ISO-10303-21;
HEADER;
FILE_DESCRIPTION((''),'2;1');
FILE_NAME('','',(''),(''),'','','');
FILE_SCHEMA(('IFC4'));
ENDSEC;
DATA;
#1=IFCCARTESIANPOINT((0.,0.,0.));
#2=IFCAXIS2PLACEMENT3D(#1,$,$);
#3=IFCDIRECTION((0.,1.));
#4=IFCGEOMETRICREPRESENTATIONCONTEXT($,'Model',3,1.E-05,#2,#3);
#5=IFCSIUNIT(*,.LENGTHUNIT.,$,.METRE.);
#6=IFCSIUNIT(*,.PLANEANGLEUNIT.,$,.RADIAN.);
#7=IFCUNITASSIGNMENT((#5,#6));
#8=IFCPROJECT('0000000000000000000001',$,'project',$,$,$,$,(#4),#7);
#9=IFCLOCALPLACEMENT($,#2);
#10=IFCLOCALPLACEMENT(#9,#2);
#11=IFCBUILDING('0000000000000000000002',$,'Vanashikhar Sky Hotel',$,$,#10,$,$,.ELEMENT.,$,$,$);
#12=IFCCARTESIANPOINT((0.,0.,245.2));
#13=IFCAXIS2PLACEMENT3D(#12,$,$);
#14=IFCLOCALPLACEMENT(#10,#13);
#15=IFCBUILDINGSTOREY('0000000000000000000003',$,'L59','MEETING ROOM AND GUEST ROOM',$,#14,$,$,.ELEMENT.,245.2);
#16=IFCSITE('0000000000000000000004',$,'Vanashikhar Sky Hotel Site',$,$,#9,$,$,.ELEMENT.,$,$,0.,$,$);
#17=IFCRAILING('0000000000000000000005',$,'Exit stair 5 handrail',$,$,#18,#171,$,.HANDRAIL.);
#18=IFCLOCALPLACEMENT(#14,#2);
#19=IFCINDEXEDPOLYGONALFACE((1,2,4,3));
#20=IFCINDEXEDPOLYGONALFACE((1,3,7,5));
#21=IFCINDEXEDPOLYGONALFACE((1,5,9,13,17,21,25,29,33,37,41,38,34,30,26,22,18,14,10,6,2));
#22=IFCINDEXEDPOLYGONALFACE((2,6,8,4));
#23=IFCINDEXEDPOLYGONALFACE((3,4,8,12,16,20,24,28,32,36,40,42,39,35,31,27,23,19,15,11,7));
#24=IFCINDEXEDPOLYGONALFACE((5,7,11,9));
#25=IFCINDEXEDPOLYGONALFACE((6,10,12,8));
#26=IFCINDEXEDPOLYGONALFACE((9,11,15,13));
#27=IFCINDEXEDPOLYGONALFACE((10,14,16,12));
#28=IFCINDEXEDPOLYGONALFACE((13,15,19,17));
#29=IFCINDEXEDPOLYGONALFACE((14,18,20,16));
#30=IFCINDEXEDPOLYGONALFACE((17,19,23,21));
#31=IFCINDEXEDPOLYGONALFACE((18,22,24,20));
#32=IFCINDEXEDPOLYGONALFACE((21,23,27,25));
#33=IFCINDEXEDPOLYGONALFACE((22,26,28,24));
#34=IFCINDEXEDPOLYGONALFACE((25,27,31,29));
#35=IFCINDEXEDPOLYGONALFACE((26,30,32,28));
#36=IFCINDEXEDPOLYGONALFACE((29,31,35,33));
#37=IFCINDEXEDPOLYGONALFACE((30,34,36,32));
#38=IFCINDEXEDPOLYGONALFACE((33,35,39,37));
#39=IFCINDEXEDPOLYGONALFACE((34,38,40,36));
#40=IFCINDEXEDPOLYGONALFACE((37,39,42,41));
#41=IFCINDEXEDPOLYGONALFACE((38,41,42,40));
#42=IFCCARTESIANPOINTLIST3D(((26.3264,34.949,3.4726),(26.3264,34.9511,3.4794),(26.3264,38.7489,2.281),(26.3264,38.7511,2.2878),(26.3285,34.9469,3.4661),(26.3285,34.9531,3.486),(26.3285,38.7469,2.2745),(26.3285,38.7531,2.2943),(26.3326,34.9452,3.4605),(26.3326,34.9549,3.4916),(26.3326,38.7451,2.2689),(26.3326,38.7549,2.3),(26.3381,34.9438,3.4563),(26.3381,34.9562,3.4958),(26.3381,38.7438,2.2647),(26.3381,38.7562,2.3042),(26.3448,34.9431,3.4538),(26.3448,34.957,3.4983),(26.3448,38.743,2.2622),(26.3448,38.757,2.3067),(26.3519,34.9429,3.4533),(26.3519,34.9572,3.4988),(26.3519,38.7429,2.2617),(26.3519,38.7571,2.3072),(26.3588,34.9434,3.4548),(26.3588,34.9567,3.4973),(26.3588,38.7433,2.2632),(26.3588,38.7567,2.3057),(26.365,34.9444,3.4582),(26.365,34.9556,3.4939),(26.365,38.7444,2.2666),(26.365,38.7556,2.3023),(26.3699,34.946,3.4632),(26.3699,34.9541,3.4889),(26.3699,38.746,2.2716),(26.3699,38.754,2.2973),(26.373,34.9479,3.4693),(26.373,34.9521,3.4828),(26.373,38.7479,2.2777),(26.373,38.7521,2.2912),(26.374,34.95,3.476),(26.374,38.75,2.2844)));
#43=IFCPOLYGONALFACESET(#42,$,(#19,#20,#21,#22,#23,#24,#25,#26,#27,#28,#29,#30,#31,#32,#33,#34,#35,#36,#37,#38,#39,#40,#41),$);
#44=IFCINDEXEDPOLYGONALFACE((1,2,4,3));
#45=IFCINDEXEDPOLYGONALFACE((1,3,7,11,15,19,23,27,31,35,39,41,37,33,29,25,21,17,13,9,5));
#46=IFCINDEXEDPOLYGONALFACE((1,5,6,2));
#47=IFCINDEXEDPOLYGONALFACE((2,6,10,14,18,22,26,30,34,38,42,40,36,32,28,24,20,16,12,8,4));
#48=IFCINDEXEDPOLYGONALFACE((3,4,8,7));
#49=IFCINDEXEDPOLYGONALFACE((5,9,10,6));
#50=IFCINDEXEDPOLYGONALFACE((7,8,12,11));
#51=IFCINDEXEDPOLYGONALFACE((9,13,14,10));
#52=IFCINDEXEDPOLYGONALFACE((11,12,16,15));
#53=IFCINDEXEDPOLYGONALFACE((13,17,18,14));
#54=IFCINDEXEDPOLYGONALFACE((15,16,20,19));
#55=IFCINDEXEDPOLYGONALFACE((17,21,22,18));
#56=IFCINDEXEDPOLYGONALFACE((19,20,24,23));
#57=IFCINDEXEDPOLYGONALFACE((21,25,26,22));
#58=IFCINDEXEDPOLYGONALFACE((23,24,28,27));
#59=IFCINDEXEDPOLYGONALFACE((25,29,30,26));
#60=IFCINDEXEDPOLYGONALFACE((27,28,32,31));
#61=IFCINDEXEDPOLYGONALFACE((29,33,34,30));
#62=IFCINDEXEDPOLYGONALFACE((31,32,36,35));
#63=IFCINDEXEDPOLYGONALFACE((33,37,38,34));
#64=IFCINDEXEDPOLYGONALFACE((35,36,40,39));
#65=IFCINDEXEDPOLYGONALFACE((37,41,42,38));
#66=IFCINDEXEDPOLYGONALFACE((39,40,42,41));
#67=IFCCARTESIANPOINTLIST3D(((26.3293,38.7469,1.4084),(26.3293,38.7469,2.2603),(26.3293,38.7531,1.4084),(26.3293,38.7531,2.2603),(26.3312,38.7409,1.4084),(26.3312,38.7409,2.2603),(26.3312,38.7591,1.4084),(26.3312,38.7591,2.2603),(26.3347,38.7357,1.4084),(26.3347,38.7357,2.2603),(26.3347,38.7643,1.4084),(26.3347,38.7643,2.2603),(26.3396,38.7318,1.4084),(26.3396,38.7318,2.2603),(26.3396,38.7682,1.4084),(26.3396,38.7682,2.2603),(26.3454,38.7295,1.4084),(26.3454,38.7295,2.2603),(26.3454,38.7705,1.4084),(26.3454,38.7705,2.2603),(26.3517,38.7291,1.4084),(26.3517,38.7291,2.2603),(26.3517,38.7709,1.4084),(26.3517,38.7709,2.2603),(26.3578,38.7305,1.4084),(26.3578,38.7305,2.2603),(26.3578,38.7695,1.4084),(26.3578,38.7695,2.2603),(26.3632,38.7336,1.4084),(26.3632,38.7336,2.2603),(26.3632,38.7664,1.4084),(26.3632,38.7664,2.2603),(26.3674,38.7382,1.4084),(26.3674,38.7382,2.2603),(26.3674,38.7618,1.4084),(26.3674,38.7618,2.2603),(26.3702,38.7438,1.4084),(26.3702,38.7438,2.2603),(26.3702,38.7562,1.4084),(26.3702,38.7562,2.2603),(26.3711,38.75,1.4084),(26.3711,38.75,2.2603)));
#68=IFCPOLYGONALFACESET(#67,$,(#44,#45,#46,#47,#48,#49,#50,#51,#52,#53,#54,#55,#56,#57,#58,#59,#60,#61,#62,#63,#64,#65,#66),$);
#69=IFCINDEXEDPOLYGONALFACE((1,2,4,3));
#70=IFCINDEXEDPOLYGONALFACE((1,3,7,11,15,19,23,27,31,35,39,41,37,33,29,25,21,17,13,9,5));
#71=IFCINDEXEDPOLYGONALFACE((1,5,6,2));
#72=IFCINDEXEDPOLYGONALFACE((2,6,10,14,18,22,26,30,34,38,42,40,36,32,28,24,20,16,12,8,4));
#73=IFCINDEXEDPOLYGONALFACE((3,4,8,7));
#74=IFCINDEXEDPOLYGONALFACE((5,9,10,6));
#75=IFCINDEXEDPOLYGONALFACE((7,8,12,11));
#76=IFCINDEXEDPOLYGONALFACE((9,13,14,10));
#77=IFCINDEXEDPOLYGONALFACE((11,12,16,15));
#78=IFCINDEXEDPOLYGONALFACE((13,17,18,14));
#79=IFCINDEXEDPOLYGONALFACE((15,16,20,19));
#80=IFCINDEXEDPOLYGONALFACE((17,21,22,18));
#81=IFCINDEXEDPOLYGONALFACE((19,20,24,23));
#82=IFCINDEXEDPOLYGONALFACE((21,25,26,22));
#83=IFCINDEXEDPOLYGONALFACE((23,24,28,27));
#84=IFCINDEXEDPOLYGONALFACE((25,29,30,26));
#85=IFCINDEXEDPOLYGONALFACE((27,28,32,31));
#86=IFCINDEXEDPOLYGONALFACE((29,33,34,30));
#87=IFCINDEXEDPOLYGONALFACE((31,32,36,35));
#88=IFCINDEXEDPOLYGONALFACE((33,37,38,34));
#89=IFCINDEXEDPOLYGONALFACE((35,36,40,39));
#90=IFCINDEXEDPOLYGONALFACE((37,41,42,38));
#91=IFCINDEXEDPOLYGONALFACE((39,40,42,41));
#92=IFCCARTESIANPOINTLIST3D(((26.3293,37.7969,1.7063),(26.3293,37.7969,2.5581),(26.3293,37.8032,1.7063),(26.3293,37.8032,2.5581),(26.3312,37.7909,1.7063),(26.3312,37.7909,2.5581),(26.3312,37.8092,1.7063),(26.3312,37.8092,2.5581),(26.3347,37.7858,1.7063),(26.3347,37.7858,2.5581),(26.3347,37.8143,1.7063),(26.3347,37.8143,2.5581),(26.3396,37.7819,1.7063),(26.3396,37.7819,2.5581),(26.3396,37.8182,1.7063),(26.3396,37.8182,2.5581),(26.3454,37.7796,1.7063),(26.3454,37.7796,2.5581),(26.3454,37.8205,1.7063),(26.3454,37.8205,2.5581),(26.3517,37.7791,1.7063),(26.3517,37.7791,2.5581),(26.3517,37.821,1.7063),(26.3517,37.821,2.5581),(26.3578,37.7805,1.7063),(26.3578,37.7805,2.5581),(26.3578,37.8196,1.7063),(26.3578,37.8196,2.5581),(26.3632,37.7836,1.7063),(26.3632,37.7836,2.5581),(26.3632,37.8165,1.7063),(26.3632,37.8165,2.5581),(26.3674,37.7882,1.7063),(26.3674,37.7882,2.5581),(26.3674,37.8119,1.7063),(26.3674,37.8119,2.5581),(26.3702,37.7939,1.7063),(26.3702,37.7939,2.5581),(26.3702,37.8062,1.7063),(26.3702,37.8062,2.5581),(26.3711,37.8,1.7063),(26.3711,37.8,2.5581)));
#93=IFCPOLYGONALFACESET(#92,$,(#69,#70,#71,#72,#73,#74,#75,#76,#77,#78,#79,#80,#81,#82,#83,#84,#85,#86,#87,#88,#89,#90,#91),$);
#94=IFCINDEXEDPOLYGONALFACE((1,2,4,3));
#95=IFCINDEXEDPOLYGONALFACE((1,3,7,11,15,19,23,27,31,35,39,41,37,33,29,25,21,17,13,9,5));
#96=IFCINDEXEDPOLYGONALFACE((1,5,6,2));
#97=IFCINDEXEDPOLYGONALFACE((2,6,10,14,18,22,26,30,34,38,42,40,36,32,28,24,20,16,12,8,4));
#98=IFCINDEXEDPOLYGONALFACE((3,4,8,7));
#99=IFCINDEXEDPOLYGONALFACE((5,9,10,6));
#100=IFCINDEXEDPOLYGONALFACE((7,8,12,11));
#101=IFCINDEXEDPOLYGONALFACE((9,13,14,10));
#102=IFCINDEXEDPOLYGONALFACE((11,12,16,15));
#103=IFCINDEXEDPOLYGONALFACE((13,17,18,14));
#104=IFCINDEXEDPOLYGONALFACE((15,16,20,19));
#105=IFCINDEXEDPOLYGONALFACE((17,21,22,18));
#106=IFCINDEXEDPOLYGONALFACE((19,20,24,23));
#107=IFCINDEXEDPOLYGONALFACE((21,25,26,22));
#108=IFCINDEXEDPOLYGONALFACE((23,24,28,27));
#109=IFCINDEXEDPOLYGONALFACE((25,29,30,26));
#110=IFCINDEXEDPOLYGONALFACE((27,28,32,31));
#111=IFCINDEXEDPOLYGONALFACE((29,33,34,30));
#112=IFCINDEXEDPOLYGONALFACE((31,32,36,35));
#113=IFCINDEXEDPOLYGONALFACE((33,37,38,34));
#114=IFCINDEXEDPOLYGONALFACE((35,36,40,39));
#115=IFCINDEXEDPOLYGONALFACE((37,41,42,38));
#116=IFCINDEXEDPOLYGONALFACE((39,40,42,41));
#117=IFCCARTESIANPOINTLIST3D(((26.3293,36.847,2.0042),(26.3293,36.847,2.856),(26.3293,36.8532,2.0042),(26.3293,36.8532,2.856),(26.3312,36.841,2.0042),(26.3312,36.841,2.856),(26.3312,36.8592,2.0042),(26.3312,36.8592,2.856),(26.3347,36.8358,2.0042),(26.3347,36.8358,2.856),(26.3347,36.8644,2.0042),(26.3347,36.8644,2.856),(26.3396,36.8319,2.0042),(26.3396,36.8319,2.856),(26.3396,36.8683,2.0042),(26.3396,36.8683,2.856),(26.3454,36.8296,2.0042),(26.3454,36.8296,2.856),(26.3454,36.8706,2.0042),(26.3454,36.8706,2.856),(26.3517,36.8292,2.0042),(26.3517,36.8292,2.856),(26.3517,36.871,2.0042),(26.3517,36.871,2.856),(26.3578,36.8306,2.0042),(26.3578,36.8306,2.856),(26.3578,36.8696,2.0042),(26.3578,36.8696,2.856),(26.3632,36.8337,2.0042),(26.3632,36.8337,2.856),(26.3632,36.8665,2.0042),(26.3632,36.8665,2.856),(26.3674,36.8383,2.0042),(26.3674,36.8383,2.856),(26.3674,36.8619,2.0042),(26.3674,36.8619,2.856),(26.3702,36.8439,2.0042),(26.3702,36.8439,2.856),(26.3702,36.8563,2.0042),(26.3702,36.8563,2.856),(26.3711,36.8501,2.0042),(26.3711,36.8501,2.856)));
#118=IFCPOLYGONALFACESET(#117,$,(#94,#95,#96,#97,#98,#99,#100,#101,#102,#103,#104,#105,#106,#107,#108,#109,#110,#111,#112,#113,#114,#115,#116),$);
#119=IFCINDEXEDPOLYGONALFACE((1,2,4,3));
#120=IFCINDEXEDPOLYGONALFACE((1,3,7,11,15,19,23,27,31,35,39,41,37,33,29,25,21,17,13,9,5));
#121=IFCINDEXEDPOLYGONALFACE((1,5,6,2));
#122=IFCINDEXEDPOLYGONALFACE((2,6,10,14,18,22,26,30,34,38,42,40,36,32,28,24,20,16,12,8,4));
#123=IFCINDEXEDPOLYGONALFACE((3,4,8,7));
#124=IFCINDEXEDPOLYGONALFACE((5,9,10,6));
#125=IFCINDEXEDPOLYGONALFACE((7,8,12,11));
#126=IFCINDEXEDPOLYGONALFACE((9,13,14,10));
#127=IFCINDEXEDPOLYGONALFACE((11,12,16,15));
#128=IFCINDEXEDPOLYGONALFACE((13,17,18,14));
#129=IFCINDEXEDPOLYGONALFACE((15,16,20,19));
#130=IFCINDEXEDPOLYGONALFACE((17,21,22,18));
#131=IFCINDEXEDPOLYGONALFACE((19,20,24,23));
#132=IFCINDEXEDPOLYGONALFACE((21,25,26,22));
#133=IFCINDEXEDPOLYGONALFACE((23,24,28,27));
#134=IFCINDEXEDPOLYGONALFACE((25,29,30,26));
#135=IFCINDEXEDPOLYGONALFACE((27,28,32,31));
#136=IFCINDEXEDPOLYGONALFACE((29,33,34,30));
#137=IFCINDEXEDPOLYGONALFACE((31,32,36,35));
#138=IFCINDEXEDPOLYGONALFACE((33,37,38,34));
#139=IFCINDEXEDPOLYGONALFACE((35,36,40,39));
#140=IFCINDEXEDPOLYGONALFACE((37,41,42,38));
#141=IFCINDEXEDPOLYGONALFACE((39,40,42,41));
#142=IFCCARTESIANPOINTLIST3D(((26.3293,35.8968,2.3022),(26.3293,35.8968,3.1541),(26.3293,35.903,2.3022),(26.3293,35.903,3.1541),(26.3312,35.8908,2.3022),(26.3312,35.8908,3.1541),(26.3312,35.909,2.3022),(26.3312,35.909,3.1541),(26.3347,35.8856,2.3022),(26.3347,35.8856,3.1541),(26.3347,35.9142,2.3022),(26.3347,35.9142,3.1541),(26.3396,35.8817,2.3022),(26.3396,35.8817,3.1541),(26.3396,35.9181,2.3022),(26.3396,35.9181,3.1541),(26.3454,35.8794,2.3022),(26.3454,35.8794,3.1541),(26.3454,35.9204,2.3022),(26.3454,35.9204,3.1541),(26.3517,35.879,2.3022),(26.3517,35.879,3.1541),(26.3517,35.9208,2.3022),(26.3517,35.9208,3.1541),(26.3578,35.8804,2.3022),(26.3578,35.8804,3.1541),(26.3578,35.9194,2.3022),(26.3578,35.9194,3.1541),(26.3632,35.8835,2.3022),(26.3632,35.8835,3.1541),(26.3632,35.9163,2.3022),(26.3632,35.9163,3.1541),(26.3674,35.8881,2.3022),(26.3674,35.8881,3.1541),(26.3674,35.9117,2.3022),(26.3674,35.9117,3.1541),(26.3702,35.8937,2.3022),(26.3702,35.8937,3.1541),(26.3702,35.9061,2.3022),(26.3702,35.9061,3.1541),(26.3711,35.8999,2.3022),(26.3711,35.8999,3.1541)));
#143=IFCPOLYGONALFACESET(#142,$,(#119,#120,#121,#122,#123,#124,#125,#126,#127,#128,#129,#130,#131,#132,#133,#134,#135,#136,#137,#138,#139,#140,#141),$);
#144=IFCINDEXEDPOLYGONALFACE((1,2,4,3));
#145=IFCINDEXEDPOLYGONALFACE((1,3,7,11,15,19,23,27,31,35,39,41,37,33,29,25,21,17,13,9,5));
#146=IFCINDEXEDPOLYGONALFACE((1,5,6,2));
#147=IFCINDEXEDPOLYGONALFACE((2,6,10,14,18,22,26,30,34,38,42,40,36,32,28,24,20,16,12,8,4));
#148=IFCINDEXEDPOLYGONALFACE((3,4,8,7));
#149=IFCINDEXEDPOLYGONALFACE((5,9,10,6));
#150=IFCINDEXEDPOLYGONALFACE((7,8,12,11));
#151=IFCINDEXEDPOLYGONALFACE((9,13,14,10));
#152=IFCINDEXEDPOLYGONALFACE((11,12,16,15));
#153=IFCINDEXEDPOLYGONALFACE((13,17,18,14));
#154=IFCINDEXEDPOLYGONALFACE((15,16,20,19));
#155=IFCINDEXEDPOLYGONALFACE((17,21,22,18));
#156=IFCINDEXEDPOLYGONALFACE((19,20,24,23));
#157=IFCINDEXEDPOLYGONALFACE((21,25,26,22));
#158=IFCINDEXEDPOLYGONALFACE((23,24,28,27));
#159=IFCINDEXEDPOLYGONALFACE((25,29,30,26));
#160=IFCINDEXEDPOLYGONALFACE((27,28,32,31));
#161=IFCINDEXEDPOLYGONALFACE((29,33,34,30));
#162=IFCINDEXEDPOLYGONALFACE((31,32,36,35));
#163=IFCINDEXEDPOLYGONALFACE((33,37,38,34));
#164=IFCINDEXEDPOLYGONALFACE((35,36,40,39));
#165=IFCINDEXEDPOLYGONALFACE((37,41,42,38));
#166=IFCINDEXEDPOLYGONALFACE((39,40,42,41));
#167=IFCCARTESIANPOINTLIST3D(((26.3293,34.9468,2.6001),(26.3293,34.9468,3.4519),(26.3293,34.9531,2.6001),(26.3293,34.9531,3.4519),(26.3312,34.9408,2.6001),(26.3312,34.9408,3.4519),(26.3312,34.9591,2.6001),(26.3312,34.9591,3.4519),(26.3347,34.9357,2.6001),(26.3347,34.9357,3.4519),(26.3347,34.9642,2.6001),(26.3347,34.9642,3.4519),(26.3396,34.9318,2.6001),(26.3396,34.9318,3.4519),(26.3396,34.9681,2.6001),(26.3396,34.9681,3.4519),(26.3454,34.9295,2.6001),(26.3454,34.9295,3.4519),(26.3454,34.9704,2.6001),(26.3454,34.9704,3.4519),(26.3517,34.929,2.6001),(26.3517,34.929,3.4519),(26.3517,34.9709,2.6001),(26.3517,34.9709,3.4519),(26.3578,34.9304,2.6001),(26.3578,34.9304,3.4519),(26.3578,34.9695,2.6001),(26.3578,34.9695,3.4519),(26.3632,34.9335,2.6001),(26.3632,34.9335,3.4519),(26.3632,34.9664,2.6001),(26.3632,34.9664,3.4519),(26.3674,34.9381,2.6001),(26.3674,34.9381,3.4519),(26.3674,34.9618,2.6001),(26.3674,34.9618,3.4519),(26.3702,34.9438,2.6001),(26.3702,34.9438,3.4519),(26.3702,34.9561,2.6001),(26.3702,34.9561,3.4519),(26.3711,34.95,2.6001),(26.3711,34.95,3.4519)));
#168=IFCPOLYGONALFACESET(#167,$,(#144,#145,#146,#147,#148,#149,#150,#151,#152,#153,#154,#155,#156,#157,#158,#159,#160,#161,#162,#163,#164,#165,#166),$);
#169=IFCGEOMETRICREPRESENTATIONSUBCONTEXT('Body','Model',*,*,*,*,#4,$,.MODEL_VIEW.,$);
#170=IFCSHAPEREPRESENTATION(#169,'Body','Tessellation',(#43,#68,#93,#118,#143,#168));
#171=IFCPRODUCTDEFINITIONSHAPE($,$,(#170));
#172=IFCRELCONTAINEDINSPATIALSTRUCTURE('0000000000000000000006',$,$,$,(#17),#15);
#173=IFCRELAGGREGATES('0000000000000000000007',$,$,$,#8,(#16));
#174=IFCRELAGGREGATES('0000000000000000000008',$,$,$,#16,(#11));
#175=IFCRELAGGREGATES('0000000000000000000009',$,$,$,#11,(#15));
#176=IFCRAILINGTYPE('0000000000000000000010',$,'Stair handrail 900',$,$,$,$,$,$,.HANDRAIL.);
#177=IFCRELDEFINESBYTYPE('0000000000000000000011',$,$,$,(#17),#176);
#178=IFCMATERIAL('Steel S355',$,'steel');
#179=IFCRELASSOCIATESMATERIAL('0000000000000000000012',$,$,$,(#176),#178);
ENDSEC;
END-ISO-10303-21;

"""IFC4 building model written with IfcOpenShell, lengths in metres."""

from ifc_helpers import new_model, si_unit, direction, frame, origin, origin_2d, place, context, subcontext, project, spatial, circle, extrude, source, transform, mapped, material, type_object, element, save


model = new_model("IFC4")

# Units and contexts
model_context = context("Model", 3, precision=1e-05, world=origin(), true_north=direction((0.0, 1.0)))
body_context = subcontext(model_context, "Body", "Model", "MODEL_VIEW")
ifc_project = project(units=[si_unit("LENGTHUNIT", "METRE"), si_unit("PLANEANGLEUNIT", "RADIAN")], contexts=[model_context])

# Site, building, storey
site_placement = place(None, origin())
site = spatial("IfcSite", under=ifc_project, at=site_placement, Name="Vanashikhar Sky Hotel Site", CompositionType="ELEMENT", RefElevation=0.0)
building_placement = place(site_placement, origin())
building = spatial("IfcBuilding", under=site, at=building_placement, Name="Vanashikhar Sky Hotel", CompositionType="ELEMENT")
storey_placement = place(building_placement, frame((0.0, 0.0, 245.2)))
storey = spatial("IfcBuildingStorey", under=building, at=storey_placement, Name="L59", Description="MEETING ROOM AND GUEST ROOM", CompositionType="ELEMENT", Elevation=245.2)

# Railing
ifc_material_1 = material(Name="Steel S355", Category="steel")
railing_type_1 = type_object("IfcRailingType", Name="Stair handrail 900", PredefinedType="HANDRAIL", material=ifc_material_1)
shared_shape_1 = source(origin(), body_context, "Body", "SweptSolid", [
    extrude(circle(Radius=0.0239, at=origin_2d()), frame((0.0, 0.0, 0.876), z_axis=(0.0, -0.954184, 0.299221), x_axis=(1.0, 0.0, 0.0)), (0.0, 0.0, 1.0), 3.9824),
    extrude(circle(Radius=0.021, at=origin_2d()), origin(), (0.0, 0.0, 1.0), 0.8518),
    extrude(circle(Radius=0.021, at=origin_2d()), frame((0.0, -0.95, 0.2979)), (0.0, 0.0, 1.0), 0.8518),
    extrude(circle(Radius=0.021, at=origin_2d()), frame((0.0, -1.8999, 0.5957)), (0.0, 0.0, 1.0), 0.8518),
    extrude(circle(Radius=0.021, at=origin_2d()), frame((0.0, -2.8501, 0.8938)), (0.0, 0.0, 1.0), 0.8518),
    extrude(circle(Radius=0.021, at=origin_2d()), frame((0.0, -3.8, 1.1917)), (0.0, 0.0, 1.0), 0.8518),
])
for number, where, name in (
    (1, (26.3501, 38.75, 1.4084), "Exit stair 5 handrail"),
):
    element("IfcRailing", number, at=place(storey_placement, frame(where)), inside=storey, type_object=railing_type_1, Name=name, PredefinedType="HANDRAIL", context=body_context, shape_type="MappedRepresentation", body=[
        mapped(shared_shape_1, transform((0.0, 0.0, 0.0), scale=1.0)),
    ])

save(model, "model.ifc")
